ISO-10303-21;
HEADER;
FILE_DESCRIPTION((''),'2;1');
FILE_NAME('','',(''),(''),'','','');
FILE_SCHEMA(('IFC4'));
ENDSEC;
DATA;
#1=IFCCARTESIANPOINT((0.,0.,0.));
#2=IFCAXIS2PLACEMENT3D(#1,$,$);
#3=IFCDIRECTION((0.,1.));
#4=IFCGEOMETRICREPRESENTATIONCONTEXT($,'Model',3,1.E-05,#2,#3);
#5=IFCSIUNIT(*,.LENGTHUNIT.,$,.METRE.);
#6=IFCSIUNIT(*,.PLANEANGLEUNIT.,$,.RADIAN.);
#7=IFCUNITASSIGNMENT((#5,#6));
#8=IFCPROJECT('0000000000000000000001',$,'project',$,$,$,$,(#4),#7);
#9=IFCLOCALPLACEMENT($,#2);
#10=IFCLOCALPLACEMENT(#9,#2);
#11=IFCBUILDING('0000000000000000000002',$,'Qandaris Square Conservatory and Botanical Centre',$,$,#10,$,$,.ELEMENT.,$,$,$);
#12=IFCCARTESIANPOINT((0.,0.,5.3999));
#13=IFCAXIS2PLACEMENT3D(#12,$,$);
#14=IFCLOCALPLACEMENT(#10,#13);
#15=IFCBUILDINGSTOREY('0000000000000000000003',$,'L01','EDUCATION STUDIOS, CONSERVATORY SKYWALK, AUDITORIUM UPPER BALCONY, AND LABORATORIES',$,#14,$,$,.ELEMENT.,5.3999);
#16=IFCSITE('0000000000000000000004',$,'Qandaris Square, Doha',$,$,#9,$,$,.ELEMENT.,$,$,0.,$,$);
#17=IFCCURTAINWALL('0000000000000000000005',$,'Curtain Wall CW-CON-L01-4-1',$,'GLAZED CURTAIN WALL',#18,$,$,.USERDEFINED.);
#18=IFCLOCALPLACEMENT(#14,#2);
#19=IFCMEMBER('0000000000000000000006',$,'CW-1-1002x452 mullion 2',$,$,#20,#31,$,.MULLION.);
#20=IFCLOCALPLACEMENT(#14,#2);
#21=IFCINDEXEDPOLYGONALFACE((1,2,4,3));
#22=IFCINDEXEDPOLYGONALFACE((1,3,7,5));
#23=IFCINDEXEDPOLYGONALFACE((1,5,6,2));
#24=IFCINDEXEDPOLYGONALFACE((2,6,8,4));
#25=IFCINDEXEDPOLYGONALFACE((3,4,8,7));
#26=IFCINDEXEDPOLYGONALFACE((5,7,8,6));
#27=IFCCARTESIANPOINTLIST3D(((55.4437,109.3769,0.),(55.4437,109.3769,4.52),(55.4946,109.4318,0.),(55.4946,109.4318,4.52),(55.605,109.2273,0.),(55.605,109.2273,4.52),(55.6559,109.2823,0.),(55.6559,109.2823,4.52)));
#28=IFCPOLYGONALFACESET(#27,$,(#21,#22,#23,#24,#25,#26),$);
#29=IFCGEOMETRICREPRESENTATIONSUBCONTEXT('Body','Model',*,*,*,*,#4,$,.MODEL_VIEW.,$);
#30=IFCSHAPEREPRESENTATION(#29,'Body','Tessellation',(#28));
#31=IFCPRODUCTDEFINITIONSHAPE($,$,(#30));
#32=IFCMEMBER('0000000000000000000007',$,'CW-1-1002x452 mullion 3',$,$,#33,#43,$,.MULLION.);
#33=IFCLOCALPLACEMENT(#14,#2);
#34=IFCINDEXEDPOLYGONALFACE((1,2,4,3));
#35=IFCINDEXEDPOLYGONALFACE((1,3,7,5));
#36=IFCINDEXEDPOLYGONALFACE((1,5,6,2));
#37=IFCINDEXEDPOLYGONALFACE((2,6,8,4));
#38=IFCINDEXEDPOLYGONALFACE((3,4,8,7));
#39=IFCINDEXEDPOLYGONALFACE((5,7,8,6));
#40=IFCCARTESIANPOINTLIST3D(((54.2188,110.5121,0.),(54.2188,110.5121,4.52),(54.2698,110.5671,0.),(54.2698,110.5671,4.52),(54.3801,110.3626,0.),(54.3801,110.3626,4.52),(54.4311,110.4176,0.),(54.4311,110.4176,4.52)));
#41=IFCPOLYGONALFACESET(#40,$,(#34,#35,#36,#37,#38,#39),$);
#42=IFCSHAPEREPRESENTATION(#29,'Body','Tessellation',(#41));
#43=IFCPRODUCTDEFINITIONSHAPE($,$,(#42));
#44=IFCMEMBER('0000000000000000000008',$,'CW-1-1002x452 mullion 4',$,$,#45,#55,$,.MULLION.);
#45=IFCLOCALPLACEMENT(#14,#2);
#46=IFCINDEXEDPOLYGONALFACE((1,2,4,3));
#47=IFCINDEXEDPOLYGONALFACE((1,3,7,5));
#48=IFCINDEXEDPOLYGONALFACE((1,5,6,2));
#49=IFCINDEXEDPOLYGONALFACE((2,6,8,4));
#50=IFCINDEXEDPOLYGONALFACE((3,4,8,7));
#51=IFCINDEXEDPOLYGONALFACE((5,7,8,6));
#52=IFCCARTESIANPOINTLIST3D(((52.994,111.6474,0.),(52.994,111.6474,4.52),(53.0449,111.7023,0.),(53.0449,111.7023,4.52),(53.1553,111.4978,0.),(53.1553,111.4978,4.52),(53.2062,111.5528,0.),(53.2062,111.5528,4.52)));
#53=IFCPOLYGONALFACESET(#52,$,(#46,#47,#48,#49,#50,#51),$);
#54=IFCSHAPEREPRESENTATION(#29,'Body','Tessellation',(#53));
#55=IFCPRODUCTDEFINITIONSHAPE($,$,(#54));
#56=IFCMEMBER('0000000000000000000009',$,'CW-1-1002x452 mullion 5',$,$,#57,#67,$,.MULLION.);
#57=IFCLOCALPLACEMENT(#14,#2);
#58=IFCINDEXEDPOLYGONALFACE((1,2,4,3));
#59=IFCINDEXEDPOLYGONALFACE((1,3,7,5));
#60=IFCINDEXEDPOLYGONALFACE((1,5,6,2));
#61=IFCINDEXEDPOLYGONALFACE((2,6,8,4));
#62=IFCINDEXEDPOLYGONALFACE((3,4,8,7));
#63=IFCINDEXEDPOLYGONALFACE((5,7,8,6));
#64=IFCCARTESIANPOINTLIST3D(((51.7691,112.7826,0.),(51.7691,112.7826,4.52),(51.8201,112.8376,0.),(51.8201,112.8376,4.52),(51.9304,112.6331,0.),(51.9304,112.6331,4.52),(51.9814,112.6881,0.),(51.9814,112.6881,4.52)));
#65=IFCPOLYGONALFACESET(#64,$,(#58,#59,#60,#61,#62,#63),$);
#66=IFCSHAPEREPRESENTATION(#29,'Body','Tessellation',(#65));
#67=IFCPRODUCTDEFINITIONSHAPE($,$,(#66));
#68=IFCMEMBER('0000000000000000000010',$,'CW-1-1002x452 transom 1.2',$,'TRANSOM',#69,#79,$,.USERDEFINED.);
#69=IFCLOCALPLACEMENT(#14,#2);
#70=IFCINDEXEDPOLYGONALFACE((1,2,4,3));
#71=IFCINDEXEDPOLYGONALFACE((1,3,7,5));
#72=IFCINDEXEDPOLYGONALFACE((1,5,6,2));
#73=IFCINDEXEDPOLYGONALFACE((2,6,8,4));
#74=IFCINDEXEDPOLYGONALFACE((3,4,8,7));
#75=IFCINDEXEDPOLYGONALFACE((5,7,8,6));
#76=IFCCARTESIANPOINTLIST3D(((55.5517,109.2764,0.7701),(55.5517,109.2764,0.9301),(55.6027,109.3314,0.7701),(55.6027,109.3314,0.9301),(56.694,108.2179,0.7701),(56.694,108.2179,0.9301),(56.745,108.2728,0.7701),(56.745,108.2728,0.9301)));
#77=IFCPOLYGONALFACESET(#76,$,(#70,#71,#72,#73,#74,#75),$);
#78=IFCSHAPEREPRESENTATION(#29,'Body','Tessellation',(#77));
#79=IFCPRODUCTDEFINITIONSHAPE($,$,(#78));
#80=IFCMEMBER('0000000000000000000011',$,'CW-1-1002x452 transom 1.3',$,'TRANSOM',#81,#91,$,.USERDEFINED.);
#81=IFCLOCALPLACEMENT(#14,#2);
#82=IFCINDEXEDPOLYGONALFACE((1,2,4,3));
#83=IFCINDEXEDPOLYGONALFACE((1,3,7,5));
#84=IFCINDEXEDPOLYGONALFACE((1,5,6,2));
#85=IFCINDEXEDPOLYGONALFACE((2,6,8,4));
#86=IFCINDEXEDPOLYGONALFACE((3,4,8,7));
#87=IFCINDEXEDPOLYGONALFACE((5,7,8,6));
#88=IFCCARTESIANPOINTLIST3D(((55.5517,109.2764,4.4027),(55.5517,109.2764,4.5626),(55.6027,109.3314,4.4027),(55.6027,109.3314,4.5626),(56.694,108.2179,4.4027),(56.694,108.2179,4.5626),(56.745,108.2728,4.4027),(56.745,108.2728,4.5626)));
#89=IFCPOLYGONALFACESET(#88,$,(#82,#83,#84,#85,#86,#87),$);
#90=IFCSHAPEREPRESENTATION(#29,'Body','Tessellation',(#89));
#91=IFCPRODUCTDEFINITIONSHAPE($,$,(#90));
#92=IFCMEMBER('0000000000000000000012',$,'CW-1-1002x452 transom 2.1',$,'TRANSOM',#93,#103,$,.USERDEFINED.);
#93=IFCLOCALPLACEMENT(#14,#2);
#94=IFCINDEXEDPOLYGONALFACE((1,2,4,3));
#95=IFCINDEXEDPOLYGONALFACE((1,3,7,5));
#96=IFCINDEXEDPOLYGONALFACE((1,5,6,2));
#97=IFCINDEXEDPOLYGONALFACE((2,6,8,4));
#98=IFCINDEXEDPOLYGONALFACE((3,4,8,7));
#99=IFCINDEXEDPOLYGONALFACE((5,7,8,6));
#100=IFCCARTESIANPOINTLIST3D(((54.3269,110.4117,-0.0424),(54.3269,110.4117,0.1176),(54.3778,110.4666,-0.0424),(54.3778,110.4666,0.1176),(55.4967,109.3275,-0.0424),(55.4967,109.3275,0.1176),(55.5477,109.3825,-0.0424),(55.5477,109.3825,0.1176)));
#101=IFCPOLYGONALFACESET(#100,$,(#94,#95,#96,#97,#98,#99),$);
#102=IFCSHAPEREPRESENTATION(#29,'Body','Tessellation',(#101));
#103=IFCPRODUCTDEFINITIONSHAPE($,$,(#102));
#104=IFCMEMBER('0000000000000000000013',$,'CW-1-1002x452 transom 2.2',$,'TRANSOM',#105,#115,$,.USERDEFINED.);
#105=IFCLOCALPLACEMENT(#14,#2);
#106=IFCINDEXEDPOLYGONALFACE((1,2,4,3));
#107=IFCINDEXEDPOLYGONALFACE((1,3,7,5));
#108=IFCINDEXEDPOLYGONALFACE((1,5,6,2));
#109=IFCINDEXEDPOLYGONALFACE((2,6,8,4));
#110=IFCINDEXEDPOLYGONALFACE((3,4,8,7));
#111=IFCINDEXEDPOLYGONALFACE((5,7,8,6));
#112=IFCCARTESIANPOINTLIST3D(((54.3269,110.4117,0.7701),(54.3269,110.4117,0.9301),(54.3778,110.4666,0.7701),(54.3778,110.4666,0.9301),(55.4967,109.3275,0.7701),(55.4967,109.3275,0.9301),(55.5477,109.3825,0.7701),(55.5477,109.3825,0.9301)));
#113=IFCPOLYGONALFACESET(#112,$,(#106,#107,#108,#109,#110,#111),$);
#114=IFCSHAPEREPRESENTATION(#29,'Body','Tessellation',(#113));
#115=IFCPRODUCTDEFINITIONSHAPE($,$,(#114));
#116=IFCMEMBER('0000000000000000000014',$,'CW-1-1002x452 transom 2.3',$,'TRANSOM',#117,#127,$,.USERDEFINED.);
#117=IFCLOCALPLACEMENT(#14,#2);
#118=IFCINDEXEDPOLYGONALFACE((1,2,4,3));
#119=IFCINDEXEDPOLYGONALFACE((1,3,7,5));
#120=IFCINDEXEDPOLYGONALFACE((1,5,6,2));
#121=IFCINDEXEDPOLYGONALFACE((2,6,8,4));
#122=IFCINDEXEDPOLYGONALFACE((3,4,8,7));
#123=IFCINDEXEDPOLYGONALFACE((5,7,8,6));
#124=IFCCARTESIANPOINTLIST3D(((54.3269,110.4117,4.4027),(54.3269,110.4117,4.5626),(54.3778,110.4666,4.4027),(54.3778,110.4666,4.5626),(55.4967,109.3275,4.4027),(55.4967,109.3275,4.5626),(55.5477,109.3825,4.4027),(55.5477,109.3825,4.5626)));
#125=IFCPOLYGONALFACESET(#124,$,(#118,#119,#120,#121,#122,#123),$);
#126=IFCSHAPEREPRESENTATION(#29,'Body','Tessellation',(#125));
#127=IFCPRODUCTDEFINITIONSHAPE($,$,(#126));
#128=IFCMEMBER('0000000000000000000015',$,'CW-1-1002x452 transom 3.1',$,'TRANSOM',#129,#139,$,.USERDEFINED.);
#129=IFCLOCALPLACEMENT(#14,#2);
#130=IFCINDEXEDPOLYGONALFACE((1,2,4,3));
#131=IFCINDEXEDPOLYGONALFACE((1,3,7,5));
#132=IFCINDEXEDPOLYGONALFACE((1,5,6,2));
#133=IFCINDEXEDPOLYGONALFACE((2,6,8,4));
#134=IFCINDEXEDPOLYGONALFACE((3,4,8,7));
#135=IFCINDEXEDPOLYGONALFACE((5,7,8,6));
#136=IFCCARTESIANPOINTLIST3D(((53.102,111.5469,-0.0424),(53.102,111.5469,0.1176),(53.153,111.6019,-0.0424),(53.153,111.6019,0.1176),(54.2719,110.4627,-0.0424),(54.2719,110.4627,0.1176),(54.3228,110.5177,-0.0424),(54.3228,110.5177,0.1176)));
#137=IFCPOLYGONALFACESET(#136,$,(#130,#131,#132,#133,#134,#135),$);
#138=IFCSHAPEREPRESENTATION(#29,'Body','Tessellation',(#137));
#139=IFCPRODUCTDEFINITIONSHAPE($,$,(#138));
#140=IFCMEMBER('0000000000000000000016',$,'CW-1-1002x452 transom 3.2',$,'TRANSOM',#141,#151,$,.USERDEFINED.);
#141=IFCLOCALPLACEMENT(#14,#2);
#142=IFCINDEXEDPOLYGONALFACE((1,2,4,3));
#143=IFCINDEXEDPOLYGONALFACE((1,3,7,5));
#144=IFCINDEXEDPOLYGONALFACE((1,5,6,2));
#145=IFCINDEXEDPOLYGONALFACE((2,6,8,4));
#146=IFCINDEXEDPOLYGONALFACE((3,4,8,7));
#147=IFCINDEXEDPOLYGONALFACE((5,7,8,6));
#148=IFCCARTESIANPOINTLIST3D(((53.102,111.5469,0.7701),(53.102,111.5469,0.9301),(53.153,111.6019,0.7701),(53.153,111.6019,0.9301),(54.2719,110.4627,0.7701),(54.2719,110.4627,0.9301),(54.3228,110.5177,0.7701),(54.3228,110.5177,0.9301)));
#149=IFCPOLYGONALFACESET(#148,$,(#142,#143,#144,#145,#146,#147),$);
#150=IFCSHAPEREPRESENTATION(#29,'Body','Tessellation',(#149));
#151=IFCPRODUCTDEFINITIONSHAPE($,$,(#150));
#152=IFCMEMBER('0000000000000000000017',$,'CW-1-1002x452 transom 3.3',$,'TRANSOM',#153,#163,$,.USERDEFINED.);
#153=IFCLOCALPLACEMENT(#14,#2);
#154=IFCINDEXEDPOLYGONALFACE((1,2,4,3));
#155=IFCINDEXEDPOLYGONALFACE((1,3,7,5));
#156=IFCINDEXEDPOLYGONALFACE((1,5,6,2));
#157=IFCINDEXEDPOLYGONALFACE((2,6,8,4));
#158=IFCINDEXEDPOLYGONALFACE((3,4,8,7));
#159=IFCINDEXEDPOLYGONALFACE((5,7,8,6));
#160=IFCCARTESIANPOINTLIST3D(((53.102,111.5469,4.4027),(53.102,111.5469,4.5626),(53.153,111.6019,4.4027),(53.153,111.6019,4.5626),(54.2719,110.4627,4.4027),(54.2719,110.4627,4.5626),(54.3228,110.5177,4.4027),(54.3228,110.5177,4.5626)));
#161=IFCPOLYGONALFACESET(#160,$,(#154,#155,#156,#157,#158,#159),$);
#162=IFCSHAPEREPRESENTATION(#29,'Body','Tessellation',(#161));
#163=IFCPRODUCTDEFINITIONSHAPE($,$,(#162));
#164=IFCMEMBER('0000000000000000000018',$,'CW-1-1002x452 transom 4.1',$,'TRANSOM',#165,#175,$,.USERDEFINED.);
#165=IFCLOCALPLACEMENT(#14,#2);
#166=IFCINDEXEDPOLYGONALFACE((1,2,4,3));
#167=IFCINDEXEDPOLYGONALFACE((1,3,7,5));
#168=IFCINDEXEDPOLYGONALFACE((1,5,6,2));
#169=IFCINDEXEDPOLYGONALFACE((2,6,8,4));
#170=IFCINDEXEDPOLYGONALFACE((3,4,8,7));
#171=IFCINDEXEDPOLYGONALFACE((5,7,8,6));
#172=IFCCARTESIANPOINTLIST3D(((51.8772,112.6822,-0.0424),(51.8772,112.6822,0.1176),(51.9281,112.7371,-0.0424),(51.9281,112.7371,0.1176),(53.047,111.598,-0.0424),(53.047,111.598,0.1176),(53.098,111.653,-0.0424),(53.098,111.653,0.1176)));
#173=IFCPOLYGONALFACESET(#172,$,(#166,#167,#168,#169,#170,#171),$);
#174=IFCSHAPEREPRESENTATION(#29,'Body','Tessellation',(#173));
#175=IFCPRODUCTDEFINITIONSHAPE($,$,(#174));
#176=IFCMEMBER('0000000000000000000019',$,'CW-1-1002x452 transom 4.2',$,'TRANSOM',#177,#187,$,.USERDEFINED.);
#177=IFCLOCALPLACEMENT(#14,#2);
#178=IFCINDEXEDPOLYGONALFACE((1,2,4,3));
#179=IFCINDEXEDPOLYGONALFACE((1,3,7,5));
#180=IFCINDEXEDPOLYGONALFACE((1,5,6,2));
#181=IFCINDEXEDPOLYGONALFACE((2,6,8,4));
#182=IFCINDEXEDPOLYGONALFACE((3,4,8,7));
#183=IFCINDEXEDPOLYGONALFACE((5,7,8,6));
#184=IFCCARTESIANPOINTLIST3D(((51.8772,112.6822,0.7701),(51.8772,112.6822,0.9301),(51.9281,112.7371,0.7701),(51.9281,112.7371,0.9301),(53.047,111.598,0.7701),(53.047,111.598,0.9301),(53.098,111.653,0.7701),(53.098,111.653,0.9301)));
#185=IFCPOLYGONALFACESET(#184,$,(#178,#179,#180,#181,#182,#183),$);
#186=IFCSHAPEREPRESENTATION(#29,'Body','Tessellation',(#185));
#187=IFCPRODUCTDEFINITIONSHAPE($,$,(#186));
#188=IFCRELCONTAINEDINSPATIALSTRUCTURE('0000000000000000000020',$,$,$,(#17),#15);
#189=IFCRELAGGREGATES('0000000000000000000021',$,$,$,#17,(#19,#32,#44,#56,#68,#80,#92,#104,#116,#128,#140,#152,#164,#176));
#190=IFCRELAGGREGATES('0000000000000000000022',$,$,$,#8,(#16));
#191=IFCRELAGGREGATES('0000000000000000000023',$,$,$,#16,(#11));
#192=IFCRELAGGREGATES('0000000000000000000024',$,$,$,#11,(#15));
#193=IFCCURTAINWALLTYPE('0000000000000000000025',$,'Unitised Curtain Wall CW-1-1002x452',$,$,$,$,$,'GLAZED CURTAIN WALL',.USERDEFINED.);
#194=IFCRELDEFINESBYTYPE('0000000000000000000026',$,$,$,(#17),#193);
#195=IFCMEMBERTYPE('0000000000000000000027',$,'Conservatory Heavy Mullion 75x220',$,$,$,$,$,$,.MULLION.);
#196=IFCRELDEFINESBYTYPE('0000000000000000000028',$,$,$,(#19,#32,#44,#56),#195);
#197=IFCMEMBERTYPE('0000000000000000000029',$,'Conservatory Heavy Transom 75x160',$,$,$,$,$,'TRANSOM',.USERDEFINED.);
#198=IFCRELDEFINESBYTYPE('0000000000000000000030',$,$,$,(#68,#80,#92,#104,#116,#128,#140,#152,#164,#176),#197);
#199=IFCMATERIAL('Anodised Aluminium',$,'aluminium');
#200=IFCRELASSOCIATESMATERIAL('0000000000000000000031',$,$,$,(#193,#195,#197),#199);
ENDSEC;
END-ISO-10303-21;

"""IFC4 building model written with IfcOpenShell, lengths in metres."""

from ifc_helpers import new_model, si_unit, direction, frame, origin, origin_2d, place, context, subcontext, project, spatial, rectangle, extrude, material, material_profile, profile_set, type_object, element, aggregate, save


model = new_model("IFC4")

# Units and contexts
model_context = context("Model", 3, precision=1e-05, world=origin(), true_north=direction((0.0, 1.0)))
body_context = subcontext(model_context, "Body", "Model", "MODEL_VIEW")
ifc_project = project(units=[si_unit("LENGTHUNIT", "METRE"), si_unit("PLANEANGLEUNIT", "RADIAN")], contexts=[model_context])

# Site, building, storey
site_placement = place(None, origin())
site = spatial("IfcSite", under=ifc_project, at=site_placement, Name="Qandaris Square, Doha", CompositionType="ELEMENT", RefElevation=0.0)
building_placement = place(site_placement, origin())
building = spatial("IfcBuilding", under=site, at=building_placement, Name="Qandaris Square Conservatory and Botanical Centre", CompositionType="ELEMENT")
storey_placement = place(building_placement, frame((0.0, 0.0, 5.3999)))
storey = spatial("IfcBuildingStorey", under=building, at=storey_placement, Name="L01", Description="EDUCATION STUDIOS, CONSERVATORY SKYWALK, AUDITORIUM UPPER BALCONY, AND LABORATORIES", CompositionType="ELEMENT", Elevation=5.3999)

# Curtain wall, members
ifc_material_1 = material(Name="Anodised Aluminium", Category="aluminium")
curtain_wall_type = type_object("IfcCurtainWallType", Name="Unitised Curtain Wall CW-1-1002x452", ElementType="GLAZED CURTAIN WALL", PredefinedType="USERDEFINED", material=ifc_material_1)
curtain_wall_placement = place(storey_placement, origin())
curtain_wall = element("IfcCurtainWall", 1, at=curtain_wall_placement, inside=storey, type_object=curtain_wall_type, Name="Curtain Wall CW-CON-L01-4-1", ObjectType="GLAZED CURTAIN WALL", PredefinedType="USERDEFINED")
ifc_material_profile_1 = material_profile(ifc_material_1, rectangle(XDim=0.075, YDim=0.22, at=origin_2d()), Name="ALU-MUL 75x220")
ifc_profile_set_1 = profile_set([ifc_material_profile_1], Name="Anodised Aluminium")
member_type_1 = type_object("IfcMemberType", Name="Conservatory Heavy Mullion 75x220", PredefinedType="MULLION", material=ifc_profile_set_1)
member_1_placement = place(storey_placement, frame((55.5498, 109.3296, 0.0), z_axis=(0.0, 0.0, 1.0), x_axis=(-0.679762, -0.733433, 0.0)))
member_1 = element("IfcMember", 2, at=member_1_placement, type_object=member_type_1, Name="CW-1-1002x452 mullion 2", PredefinedType="MULLION", context=body_context, shape_type="SweptSolid", body=[
    extrude(rectangle(XDim=0.075, YDim=0.22, at=origin_2d()), origin(), (0.0, 0.0, 1.0), 4.52),
])
member_2_placement = place(storey_placement, frame((54.325, 110.4648, 0.0), z_axis=(0.0, 0.0, 1.0), x_axis=(-0.679762, -0.733433, 0.0)))
member_2 = element("IfcMember", 3, at=member_2_placement, type_object=member_type_1, Name="CW-1-1002x452 mullion 3", PredefinedType="MULLION", context=body_context, shape_type="SweptSolid", body=[
    extrude(rectangle(XDim=0.075, YDim=0.22, at=origin_2d()), origin(), (0.0, 0.0, 1.0), 4.52),
])
member_3_placement = place(storey_placement, frame((53.1001, 111.6001, 0.0), z_axis=(0.0, 0.0, 1.0), x_axis=(-0.679762, -0.733433, 0.0)))
member_3 = element("IfcMember", 4, at=member_3_placement, type_object=member_type_1, Name="CW-1-1002x452 mullion 4", PredefinedType="MULLION", context=body_context, shape_type="SweptSolid", body=[
    extrude(rectangle(XDim=0.075, YDim=0.22, at=origin_2d()), origin(), (0.0, 0.0, 1.0), 4.52),
])
member_4_placement = place(storey_placement, frame((51.8752, 112.7354, 0.0), z_axis=(0.0, 0.0, 1.0), x_axis=(-0.679762, -0.733433, 0.0)))
member_4 = element("IfcMember", 5, at=member_4_placement, type_object=member_type_1, Name="CW-1-1002x452 mullion 5", PredefinedType="MULLION", context=body_context, shape_type="SweptSolid", body=[
    extrude(rectangle(XDim=0.075, YDim=0.22, at=origin_2d()), origin(), (0.0, 0.0, 1.0), 4.52),
])
ifc_material_profile_2 = material_profile(ifc_material_1, rectangle(XDim=0.075, YDim=0.1599, at=origin_2d()), Name="ALU-TRN 75x160")
ifc_profile_set_2 = profile_set([ifc_material_profile_2], Name="Anodised Aluminium")
member_type_2 = type_object("IfcMemberType", Name="Conservatory Heavy Transom 75x160", ElementType="TRANSOM", PredefinedType="USERDEFINED", material=ifc_profile_set_2)
member_5_placement = place(storey_placement, frame((56.7195, 108.2454, 0.8501), z_axis=(-0.73348, 0.679711, 0.0), x_axis=(-0.679711, -0.73348, 0.0)))
member_5 = element("IfcMember", 6, at=member_5_placement, type_object=member_type_2, Name="CW-1-1002x452 transom 1.2", ObjectType="TRANSOM", PredefinedType="USERDEFINED", context=body_context, shape_type="SweptSolid", body=[
    extrude(rectangle(XDim=0.075, YDim=0.1599, at=origin_2d()), origin(), (0.0, 0.0, 1.0), 1.5574),
])
member_6_placement = place(storey_placement, frame((56.7195, 108.2454, 4.4827), z_axis=(-0.73348, 0.679711, 0.0), x_axis=(-0.679711, -0.73348, 0.0)))
member_6 = element("IfcMember", 7, at=member_6_placement, type_object=member_type_2, Name="CW-1-1002x452 transom 1.3", ObjectType="TRANSOM", PredefinedType="USERDEFINED", context=body_context, shape_type="SweptSolid", body=[
    extrude(rectangle(XDim=0.075, YDim=0.1599, at=origin_2d()), origin(), (0.0, 0.0, 1.0), 1.5574),
])
member_7_placement = place(storey_placement, frame((55.5222, 109.355, 0.0376), z_axis=(-0.733458, 0.679735, 0.0), x_axis=(-0.679735, -0.733458, 0.0)))
member_7 = element("IfcMember", 8, at=member_7_placement, type_object=member_type_2, Name="CW-1-1002x452 transom 2.1", ObjectType="TRANSOM", PredefinedType="USERDEFINED", context=body_context, shape_type="SweptSolid", body=[
    extrude(rectangle(XDim=0.075, YDim=0.1599, at=origin_2d()), origin(), (0.0, 0.0, 1.0), 1.595),
])
member_8_placement = place(storey_placement, frame((55.5222, 109.355, 0.8501), z_axis=(-0.733458, 0.679735, 0.0), x_axis=(-0.679735, -0.733458, 0.0)))
member_8 = element("IfcMember", 9, at=member_8_placement, type_object=member_type_2, Name="CW-1-1002x452 transom 2.2", ObjectType="TRANSOM", PredefinedType="USERDEFINED", context=body_context, shape_type="SweptSolid", body=[
    extrude(rectangle(XDim=0.075, YDim=0.1599, at=origin_2d()), origin(), (0.0, 0.0, 1.0), 1.595),
])
member_9_placement = place(storey_placement, frame((55.5222, 109.355, 4.4827), z_axis=(-0.733458, 0.679735, 0.0), x_axis=(-0.679735, -0.733458, 0.0)))
member_9 = element("IfcMember", 10, at=member_9_placement, type_object=member_type_2, Name="CW-1-1002x452 transom 2.3", ObjectType="TRANSOM", PredefinedType="USERDEFINED", context=body_context, shape_type="SweptSolid", body=[
    extrude(rectangle(XDim=0.075, YDim=0.1599, at=origin_2d()), origin(), (0.0, 0.0, 1.0), 1.595),
])
member_10_placement = place(storey_placement, frame((54.2974, 110.4902, 0.0376), z_axis=(-0.733458, 0.679735, 0.0), x_axis=(-0.679735, -0.733458, 0.0)))
member_10 = element("IfcMember", 11, at=member_10_placement, type_object=member_type_2, Name="CW-1-1002x452 transom 3.1", ObjectType="TRANSOM", PredefinedType="USERDEFINED", context=body_context, shape_type="SweptSolid", body=[
    extrude(rectangle(XDim=0.075, YDim=0.1599, at=origin_2d()), origin(), (0.0, 0.0, 1.0), 1.595),
])
member_11_placement = place(storey_placement, frame((54.2974, 110.4902, 0.8501), z_axis=(-0.733458, 0.679735, 0.0), x_axis=(-0.679735, -0.733458, 0.0)))
member_11 = element("IfcMember", 12, at=member_11_placement, type_object=member_type_2, Name="CW-1-1002x452 transom 3.2", ObjectType="TRANSOM", PredefinedType="USERDEFINED", context=body_context, shape_type="SweptSolid", body=[
    extrude(rectangle(XDim=0.075, YDim=0.1599, at=origin_2d()), origin(), (0.0, 0.0, 1.0), 1.595),
])
member_12_placement = place(storey_placement, frame((54.2974, 110.4902, 4.4827), z_axis=(-0.733458, 0.679735, 0.0), x_axis=(-0.679735, -0.733458, 0.0)))
member_12 = element("IfcMember", 13, at=member_12_placement, type_object=member_type_2, Name="CW-1-1002x452 transom 3.3", ObjectType="TRANSOM", PredefinedType="USERDEFINED", context=body_context, shape_type="SweptSolid", body=[
    extrude(rectangle(XDim=0.075, YDim=0.1599, at=origin_2d()), origin(), (0.0, 0.0, 1.0), 1.595),
])
member_13_placement = place(storey_placement, frame((53.0725, 111.6255, 0.0376), z_axis=(-0.733458, 0.679735, 0.0), x_axis=(-0.679735, -0.733458, 0.0)))
member_13 = element("IfcMember", 14, at=member_13_placement, type_object=member_type_2, Name="CW-1-1002x452 transom 4.1", ObjectType="TRANSOM", PredefinedType="USERDEFINED", context=body_context, shape_type="SweptSolid", body=[
    extrude(rectangle(XDim=0.075, YDim=0.1599, at=origin_2d()), origin(), (0.0, 0.0, 1.0), 1.595),
])
member_14_placement = place(storey_placement, frame((53.0725, 111.6255, 0.8501), z_axis=(-0.733458, 0.679735, 0.0), x_axis=(-0.679735, -0.733458, 0.0)))
member_14 = element("IfcMember", 15, at=member_14_placement, type_object=member_type_2, Name="CW-1-1002x452 transom 4.2", ObjectType="TRANSOM", PredefinedType="USERDEFINED", context=body_context, shape_type="SweptSolid", body=[
    extrude(rectangle(XDim=0.075, YDim=0.1599, at=origin_2d()), origin(), (0.0, 0.0, 1.0), 1.595),
])
aggregate(curtain_wall, [member_1, member_2, member_3, member_4, member_5, member_6, member_7, member_8, member_9, member_10, member_11, member_12, member_13, member_14])

save(model, "model.ifc")
